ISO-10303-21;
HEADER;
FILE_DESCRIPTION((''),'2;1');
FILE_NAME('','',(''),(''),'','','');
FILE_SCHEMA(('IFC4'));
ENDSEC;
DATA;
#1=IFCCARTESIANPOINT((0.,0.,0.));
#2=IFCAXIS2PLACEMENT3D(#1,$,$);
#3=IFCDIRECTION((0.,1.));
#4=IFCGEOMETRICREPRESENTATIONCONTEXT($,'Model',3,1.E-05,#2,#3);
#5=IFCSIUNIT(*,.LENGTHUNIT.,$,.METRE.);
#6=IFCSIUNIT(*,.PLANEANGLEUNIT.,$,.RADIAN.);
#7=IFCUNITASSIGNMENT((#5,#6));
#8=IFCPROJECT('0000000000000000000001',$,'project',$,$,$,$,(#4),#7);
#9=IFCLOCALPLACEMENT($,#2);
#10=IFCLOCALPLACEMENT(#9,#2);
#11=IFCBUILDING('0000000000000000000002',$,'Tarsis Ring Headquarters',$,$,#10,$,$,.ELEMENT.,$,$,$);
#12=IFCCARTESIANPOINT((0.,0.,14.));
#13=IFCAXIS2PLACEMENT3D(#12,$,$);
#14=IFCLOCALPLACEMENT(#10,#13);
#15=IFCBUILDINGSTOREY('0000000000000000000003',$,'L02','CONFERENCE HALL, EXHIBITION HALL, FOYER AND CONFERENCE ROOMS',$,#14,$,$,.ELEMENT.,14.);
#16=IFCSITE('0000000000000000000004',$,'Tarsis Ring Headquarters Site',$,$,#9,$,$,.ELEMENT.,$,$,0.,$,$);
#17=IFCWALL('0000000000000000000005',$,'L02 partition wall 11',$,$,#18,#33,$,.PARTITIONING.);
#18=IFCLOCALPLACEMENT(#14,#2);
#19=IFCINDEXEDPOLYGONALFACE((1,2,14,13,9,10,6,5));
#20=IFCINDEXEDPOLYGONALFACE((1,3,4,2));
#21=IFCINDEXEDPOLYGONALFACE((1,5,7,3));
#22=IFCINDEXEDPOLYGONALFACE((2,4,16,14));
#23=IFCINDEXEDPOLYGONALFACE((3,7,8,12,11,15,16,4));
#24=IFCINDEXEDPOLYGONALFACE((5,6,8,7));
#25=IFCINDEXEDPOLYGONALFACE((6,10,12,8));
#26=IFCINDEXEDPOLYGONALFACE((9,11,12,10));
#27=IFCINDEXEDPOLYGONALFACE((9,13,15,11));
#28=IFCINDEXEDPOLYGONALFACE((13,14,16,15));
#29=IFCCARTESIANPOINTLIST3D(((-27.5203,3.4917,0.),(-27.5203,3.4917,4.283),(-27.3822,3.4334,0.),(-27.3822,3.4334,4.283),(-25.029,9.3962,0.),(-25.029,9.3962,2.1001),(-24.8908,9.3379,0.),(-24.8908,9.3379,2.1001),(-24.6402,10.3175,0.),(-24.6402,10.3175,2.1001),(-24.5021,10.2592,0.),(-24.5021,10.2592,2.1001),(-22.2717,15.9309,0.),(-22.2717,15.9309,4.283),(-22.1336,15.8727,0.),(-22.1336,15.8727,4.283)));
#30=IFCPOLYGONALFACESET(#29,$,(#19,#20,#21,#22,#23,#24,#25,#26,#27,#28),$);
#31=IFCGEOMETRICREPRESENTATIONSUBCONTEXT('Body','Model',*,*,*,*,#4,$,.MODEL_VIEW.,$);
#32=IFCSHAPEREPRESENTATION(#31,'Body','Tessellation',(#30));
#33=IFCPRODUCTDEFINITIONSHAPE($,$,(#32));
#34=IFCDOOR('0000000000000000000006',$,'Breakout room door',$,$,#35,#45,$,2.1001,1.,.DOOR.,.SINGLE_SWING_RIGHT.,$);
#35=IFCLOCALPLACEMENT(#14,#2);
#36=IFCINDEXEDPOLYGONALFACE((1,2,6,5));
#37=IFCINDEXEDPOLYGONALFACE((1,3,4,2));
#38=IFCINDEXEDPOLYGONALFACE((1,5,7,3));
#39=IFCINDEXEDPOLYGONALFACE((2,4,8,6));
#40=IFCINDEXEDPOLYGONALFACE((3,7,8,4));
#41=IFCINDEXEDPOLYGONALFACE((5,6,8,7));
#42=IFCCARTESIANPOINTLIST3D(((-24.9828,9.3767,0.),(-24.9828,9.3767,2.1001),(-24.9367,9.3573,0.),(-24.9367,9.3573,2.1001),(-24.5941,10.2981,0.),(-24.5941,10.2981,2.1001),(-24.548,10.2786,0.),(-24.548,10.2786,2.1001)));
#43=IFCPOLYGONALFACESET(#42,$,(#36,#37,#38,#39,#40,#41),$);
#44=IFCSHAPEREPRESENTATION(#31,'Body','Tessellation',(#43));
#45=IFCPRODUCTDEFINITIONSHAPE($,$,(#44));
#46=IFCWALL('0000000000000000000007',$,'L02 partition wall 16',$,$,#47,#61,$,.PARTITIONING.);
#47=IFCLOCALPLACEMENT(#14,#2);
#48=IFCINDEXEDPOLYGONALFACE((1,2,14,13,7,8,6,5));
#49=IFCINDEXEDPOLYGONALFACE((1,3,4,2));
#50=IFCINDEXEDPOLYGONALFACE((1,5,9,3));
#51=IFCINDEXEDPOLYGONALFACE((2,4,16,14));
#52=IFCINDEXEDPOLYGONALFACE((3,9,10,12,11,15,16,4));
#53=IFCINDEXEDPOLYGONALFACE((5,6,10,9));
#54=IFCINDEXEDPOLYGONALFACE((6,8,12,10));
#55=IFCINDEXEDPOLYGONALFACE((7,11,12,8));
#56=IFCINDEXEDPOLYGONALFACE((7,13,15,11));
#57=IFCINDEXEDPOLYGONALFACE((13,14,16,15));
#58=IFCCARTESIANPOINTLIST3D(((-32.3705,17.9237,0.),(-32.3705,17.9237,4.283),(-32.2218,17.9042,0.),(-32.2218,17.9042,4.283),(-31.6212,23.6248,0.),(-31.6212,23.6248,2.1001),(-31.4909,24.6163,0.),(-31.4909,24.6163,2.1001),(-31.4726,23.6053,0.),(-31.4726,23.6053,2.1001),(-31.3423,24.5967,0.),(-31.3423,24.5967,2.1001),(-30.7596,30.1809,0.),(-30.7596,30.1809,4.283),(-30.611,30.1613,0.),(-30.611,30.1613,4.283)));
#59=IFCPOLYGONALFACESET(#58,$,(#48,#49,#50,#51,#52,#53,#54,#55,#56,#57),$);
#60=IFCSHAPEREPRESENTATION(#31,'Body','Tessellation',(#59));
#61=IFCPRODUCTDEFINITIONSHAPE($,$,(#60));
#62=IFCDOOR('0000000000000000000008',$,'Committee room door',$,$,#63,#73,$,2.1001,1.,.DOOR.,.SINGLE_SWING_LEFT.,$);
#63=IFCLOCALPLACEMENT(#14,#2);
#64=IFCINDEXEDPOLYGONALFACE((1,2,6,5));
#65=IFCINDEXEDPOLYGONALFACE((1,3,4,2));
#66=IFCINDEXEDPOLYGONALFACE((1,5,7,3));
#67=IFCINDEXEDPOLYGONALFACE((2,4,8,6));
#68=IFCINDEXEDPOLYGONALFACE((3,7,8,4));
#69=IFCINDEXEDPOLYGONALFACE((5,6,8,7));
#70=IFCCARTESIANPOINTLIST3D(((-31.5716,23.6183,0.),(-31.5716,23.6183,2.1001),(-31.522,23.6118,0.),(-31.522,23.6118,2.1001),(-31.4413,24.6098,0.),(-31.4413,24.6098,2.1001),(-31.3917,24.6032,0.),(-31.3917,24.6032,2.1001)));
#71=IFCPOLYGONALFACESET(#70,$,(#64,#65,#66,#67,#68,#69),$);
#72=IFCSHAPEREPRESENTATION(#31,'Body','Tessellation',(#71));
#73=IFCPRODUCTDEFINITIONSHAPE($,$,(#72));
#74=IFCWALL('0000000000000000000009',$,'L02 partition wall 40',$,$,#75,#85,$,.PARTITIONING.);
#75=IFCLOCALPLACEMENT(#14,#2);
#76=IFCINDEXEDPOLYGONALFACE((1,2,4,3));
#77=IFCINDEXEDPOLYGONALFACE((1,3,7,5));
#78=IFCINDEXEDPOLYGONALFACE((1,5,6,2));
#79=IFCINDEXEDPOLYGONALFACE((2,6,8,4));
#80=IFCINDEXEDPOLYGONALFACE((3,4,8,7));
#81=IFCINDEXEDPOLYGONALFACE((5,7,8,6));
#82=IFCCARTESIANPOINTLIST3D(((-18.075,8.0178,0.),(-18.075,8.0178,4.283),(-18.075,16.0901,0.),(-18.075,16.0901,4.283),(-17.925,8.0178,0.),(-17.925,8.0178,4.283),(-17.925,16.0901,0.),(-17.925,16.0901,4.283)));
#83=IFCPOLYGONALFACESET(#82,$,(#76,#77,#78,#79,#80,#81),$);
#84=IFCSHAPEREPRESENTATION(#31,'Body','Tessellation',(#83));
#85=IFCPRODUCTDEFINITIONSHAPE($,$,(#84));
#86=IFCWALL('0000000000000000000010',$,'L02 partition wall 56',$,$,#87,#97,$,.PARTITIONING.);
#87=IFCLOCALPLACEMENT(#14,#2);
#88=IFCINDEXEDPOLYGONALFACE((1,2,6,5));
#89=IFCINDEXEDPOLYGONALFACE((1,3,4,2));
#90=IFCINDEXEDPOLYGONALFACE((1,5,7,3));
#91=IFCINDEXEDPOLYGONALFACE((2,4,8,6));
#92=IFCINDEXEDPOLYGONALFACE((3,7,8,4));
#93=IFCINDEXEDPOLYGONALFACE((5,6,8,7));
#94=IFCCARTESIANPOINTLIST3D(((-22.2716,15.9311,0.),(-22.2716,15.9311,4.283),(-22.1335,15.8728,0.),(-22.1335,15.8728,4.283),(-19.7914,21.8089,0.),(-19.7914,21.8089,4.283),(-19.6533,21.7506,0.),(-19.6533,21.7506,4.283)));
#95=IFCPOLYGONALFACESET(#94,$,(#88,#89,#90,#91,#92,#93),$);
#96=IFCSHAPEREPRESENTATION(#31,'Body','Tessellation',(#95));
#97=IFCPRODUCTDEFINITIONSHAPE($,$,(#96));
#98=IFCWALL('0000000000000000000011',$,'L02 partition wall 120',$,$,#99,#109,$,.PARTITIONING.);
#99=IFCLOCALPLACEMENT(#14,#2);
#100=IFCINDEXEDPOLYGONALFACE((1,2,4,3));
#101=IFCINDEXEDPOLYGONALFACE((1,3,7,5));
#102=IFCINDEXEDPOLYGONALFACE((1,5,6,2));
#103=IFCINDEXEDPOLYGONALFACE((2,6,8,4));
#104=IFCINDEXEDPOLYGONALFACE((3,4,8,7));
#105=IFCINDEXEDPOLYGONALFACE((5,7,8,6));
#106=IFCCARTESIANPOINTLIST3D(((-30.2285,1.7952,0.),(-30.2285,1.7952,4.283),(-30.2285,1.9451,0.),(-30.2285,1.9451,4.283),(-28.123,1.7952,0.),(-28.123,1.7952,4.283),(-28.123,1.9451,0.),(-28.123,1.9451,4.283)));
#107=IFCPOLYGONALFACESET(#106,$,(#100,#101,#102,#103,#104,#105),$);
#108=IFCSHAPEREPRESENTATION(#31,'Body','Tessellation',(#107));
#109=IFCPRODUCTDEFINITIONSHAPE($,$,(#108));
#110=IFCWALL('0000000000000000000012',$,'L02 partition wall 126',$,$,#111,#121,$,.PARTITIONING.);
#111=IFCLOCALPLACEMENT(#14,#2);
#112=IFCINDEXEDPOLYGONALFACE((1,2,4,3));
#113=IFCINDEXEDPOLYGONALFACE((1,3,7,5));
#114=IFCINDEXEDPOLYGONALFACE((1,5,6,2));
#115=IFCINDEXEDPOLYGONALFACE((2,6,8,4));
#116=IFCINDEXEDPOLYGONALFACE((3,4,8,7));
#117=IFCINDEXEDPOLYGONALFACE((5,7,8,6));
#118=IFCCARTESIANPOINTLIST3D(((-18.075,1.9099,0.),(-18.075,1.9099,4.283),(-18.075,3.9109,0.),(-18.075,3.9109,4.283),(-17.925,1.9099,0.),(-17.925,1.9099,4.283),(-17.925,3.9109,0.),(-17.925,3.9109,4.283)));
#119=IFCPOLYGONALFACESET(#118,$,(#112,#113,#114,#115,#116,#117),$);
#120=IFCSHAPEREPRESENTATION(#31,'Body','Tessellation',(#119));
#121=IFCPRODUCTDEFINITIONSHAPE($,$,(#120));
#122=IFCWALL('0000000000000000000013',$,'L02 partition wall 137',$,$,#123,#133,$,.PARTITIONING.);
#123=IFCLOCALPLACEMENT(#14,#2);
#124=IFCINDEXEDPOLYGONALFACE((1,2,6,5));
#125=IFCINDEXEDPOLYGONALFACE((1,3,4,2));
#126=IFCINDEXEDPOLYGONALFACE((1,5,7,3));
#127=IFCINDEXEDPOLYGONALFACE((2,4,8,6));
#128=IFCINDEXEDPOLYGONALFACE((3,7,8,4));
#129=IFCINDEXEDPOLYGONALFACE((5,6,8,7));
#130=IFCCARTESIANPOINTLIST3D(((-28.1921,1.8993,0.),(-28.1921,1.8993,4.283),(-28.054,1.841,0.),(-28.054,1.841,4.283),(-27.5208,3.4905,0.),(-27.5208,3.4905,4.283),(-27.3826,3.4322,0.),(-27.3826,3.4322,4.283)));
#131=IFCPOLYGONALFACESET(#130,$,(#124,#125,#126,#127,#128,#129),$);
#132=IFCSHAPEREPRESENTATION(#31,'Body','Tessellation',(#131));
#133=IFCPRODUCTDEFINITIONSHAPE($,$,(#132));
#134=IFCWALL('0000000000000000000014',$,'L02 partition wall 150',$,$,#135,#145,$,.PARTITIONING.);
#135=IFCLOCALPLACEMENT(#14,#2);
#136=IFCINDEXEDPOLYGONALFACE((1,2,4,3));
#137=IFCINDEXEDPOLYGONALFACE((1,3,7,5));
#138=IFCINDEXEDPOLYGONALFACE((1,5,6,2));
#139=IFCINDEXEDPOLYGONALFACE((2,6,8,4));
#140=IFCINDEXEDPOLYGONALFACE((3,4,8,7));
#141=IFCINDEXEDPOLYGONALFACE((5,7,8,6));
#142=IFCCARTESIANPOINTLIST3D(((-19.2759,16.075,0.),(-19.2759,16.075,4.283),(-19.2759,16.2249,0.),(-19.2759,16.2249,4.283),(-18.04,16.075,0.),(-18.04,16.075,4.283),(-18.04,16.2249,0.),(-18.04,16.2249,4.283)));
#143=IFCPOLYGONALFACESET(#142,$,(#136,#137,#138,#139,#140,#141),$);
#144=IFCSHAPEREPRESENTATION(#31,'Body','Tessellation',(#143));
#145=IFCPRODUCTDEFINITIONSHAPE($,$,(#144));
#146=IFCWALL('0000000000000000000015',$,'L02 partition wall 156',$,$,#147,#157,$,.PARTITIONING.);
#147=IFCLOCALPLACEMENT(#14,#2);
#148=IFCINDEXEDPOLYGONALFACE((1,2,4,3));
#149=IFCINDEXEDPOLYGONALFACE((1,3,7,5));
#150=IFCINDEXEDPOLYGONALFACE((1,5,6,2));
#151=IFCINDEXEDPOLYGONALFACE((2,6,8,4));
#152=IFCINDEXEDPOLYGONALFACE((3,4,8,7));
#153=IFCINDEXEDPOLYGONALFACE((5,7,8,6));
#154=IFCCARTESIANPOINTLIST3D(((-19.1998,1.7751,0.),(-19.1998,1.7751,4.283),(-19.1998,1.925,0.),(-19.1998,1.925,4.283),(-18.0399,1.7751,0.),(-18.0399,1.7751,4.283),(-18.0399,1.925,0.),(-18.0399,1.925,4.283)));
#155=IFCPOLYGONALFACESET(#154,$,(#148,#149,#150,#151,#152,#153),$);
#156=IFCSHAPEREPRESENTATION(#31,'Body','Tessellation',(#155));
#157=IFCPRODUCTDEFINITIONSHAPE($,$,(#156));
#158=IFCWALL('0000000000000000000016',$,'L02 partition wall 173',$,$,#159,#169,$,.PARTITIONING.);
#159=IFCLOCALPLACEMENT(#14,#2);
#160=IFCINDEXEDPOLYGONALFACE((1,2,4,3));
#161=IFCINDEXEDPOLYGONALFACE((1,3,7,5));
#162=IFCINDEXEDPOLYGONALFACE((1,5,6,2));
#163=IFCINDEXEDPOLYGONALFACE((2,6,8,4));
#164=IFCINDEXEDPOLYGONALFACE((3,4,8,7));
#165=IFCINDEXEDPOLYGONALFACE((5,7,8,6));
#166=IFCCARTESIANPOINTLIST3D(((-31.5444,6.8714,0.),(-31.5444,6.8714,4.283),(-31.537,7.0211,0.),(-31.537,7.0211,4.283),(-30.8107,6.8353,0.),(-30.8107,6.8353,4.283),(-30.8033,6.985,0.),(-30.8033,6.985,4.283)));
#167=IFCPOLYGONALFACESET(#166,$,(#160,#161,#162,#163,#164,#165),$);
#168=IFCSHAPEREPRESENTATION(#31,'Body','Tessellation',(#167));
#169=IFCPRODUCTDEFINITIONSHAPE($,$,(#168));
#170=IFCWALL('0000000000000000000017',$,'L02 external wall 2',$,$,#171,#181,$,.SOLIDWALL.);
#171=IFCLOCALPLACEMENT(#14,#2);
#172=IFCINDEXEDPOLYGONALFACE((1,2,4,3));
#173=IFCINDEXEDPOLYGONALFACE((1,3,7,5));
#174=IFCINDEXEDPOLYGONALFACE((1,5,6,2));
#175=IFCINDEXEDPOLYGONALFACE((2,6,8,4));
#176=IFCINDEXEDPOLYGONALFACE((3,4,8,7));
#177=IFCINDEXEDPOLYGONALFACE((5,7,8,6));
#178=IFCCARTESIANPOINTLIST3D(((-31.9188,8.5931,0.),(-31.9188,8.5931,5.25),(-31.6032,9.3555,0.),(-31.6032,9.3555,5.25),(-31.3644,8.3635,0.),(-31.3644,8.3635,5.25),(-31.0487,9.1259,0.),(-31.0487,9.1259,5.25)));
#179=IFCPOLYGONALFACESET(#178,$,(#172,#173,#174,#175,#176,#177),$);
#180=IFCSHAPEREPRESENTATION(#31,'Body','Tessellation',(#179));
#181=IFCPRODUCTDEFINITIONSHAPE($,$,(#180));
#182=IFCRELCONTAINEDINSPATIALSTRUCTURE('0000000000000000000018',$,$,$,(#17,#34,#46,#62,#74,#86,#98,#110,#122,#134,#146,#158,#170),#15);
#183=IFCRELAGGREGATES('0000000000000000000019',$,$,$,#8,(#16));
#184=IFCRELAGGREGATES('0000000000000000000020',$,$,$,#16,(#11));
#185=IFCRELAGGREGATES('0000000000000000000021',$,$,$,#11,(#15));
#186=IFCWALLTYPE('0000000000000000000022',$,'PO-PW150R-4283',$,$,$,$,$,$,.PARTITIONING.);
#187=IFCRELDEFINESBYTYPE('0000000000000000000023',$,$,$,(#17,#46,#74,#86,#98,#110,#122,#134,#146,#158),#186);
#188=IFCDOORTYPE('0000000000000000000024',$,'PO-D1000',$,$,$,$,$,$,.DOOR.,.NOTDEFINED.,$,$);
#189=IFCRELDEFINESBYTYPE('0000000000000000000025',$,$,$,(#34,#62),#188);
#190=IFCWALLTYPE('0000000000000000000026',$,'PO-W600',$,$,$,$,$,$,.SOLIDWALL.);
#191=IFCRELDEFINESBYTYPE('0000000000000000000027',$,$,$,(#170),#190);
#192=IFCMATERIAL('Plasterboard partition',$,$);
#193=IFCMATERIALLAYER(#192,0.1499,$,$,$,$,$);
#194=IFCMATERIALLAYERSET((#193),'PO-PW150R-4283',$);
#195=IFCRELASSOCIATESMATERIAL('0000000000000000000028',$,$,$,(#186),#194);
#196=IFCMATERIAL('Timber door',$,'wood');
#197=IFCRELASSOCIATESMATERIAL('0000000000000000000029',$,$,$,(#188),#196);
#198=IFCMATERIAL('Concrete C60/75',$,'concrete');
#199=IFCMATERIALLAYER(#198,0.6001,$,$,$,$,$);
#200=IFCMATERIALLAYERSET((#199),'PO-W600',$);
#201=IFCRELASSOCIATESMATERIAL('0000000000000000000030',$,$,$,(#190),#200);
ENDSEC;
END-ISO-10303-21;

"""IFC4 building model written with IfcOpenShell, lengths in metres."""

from ifc_helpers import new_model, si_unit, direction, frame, frame_2d, origin, place, context, subcontext, project, spatial, rectangle, extrude, material, layer, layer_set, type_object, element, fill, save


model = new_model("IFC4")

# Units and contexts
model_context = context("Model", 3, precision=1e-05, world=origin(), true_north=direction((0.0, 1.0)))
body_context = subcontext(model_context, "Body", "Model", "MODEL_VIEW")
ifc_project = project(units=[si_unit("LENGTHUNIT", "METRE"), si_unit("PLANEANGLEUNIT", "RADIAN")], contexts=[model_context])

# Site, building, storey
site_placement = place(None, origin())
site = spatial("IfcSite", under=ifc_project, at=site_placement, Name="Tarsis Ring Headquarters Site", CompositionType="ELEMENT", RefElevation=0.0)
building_placement = place(site_placement, origin())
building = spatial("IfcBuilding", under=site, at=building_placement, Name="Tarsis Ring Headquarters", CompositionType="ELEMENT")
storey_placement = place(building_placement, frame((0.0, 0.0, 14.0)))
storey = spatial("IfcBuildingStorey", under=building, at=storey_placement, Name="L02", Description="CONFERENCE HALL, EXHIBITION HALL, FOYER AND CONFERENCE ROOMS", CompositionType="ELEMENT", Elevation=14.0)

# Shared definitions
ifc_material_1 = material(Name="Concrete C60/75", Category="concrete")

# Shared definitions
ifc_material_2 = material(Name="Plasterboard partition")

# Walls, openings, doors
ifc_layer_1 = layer(ifc_material_2, 0.1499)
ifc_layer_set_1 = layer_set([ifc_layer_1], Name="PO-PW150R-4283")
wall_type_1 = type_object("IfcWallType", Name="PO-PW150R-4283", PredefinedType="PARTITIONING", material=ifc_layer_set_1)
ifc_material_3 = material(Name="Timber door", Category="wood")
door_type = type_object("IfcDoorType", Name="PO-D1000", OperationType="NOTDEFINED", PredefinedType="DOOR", material=ifc_material_3)
wall_1_placement = place(storey_placement, frame((-27.4512, 3.4626, 0.0), z_axis=(0.0, 0.0, 1.0), x_axis=(0.388747, 0.921344, 0.0)))
wall_1 = element("IfcWall", 1, at=wall_1_placement, inside=storey, type_object=wall_type_1, Name="L02 partition wall 11", PredefinedType="PARTITIONING", context=body_context, shape_type="SweptSolid", body=[
    extrude(rectangle(XDim=13.5012, YDim=0.1499, at=frame_2d((6.7505, 0.0))), origin(), (0.0, 0.0, 1.0), 4.283),
])
opening_1_placement = place(wall_1_placement, frame((6.4084, 0.0, 0.0)))
opening_1 = element("IfcOpeningElement", 2, at=opening_1_placement, cuts=wall_1, PredefinedType="OPENING", context=body_context, shape_type="SweptSolid", body=[
    extrude(rectangle(XDim=1.0, YDim=2.1001, at=frame_2d((0.5, 1.05))), frame((0.0, 0.085, 0.0), z_axis=(0.0, -1.0, 0.0), x_axis=(1.0, 0.0, 0.0)), (0.0, 0.0, 1.0), 0.1699),
])
door_1_placement = place(opening_1_placement, origin())
door_1 = element("IfcDoor", 3, at=door_1_placement, inside=storey, type_object=door_type, Name="Breakout room door", OperationType="SINGLE_SWING_RIGHT", OverallHeight=2.1001, OverallWidth=1.0, PredefinedType="DOOR", context=body_context, shape_type="SweptSolid", body=[
    extrude(rectangle(XDim=1.0, YDim=2.1001, at=frame_2d((0.5, 1.05))), frame((0.0, 0.0249, 0.0), z_axis=(0.0, -1.0, 0.0), x_axis=(1.0, 0.0, 0.0)), (0.0, 0.0, 1.0), 0.05),
])
fill(opening_1, door_1)
wall_2_placement = place(storey_placement, frame((-32.2961, 17.9141, 0.0), z_axis=(0.0, 0.0, 1.0), x_axis=(0.130301, 0.991475, 0.0)))
wall_2 = element("IfcWall", 4, at=wall_2_placement, inside=storey, type_object=wall_type_1, Name="L02 partition wall 16", PredefinedType="PARTITIONING", context=body_context, shape_type="SweptSolid", body=[
    extrude(rectangle(XDim=12.3625, YDim=0.1499, at=frame_2d((6.1812, 0.0))), origin(), (0.0, 0.0, 1.0), 4.283),
])
opening_2_placement = place(wall_2_placement, frame((5.75, 0.0, 0.0)))
opening_2 = element("IfcOpeningElement", 5, at=opening_2_placement, cuts=wall_2, PredefinedType="OPENING", context=body_context, shape_type="SweptSolid", body=[
    extrude(rectangle(XDim=1.0, YDim=2.1001, at=frame_2d((0.5, 1.05))), frame((0.0, 0.085, 0.0), z_axis=(0.0, -1.0, 0.0), x_axis=(1.0, 0.0, 0.0)), (0.0, 0.0, 1.0), 0.1699),
])
door_2_placement = place(opening_2_placement, origin())
door_2 = element("IfcDoor", 6, at=door_2_placement, inside=storey, type_object=door_type, Name="Committee room door", OperationType="SINGLE_SWING_LEFT", OverallHeight=2.1001, OverallWidth=1.0, PredefinedType="DOOR", context=body_context, shape_type="SweptSolid", body=[
    extrude(rectangle(XDim=1.0, YDim=2.1001, at=frame_2d((0.5, 1.05))), frame((0.0, 0.0249, 0.0), z_axis=(0.0, -1.0, 0.0), x_axis=(1.0, 0.0, 0.0)), (0.0, 0.0, 1.0), 0.05),
])
fill(opening_2, door_2)

# Walls
wall_3_placement = place(storey_placement, frame((-18.0, 8.0178, 0.0), z_axis=(0.0, 0.0, 1.0), x_axis=(0.0, 1.0, 0.0)))
element("IfcWall", 7, at=wall_3_placement, inside=storey, type_object=wall_type_1, Name="L02 partition wall 40", PredefinedType="PARTITIONING", context=body_context, shape_type="SweptSolid", body=[
    extrude(rectangle(XDim=8.0723, YDim=0.1499, at=frame_2d((4.0361, 0.0))), origin(), (0.0, 0.0, 1.0), 4.283),
])
wall_4_placement = place(storey_placement, frame((-22.2026, 15.9019, 0.0), z_axis=(0.0, 0.0, 1.0), x_axis=(0.388777, 0.921332, 0.0)))
element("IfcWall", 8, at=wall_4_placement, inside=storey, type_object=wall_type_1, Name="L02 partition wall 56", PredefinedType="PARTITIONING", context=body_context, shape_type="SweptSolid", body=[
    extrude(rectangle(XDim=6.3796, YDim=0.1499, at=frame_2d((3.1899, 0.0))), origin(), (0.0, 0.0, 1.0), 4.283),
])
wall_5_placement = place(storey_placement, frame((-30.2285, 1.8701, 0.0), z_axis=(0.0, 0.0, 1.0), x_axis=(1.0, 0.0, 0.0)))
element("IfcWall", 9, at=wall_5_placement, inside=storey, type_object=wall_type_1, Name="L02 partition wall 120", PredefinedType="PARTITIONING", context=body_context, shape_type="SweptSolid", body=[
    extrude(rectangle(XDim=2.1055, YDim=0.1499, at=frame_2d((1.0527, 0.0))), origin(), (0.0, 0.0, 1.0), 4.283),
])
wall_6_placement = place(storey_placement, frame((-18.0, 1.9099, 0.0), z_axis=(0.0, 0.0, 1.0), x_axis=(0.0, 1.0, 0.0)))
element("IfcWall", 10, at=wall_6_placement, inside=storey, type_object=wall_type_1, Name="L02 partition wall 126", PredefinedType="PARTITIONING", context=body_context, shape_type="SweptSolid", body=[
    extrude(rectangle(XDim=2.001, YDim=0.1499, at=frame_2d((1.0005, 0.0))), origin(), (0.0, 0.0, 1.0), 4.283),
])
wall_7_placement = place(storey_placement, frame((-28.123, 1.8701, 0.0), z_axis=(0.0, 0.0, 1.0), x_axis=(0.388727, 0.921353, 0.0)))
element("IfcWall", 11, at=wall_7_placement, inside=storey, type_object=wall_type_1, Name="L02 partition wall 137", PredefinedType="PARTITIONING", context=body_context, shape_type="SweptSolid", body=[
    extrude(rectangle(XDim=1.7271, YDim=0.1499, at=frame_2d((0.8635, 0.0))), origin(), (0.0, 0.0, 1.0), 4.283),
])
wall_8_placement = place(storey_placement, frame((-18.04, 16.1499, 0.0), z_axis=(0.0, 0.0, 1.0), x_axis=(-1.0, 0.0, 0.0)))
element("IfcWall", 12, at=wall_8_placement, inside=storey, type_object=wall_type_1, Name="L02 partition wall 150", PredefinedType="PARTITIONING", context=body_context, shape_type="SweptSolid", body=[
    extrude(rectangle(XDim=1.2358, YDim=0.1499, at=frame_2d((0.6179, 0.0))), origin(), (0.0, 0.0, 1.0), 4.283),
])
wall_9_placement = place(storey_placement, frame((-19.2, 1.8501, 0.0), z_axis=(0.0, 0.0, 1.0), x_axis=(1.0, 0.0, 0.0)))
element("IfcWall", 13, at=wall_9_placement, inside=storey, type_object=wall_type_1, Name="L02 partition wall 156", PredefinedType="PARTITIONING", context=body_context, shape_type="SweptSolid", body=[
    extrude(rectangle(XDim=1.1599, YDim=0.1499, at=frame_2d((0.5801, 0.0))), origin(), (0.0, 0.0, 1.0), 4.283),
])
wall_10_placement = place(storey_placement, frame((-30.8071, 6.9102, 0.0), z_axis=(0.0, 0.0, 1.0), x_axis=(-0.998789, 0.049192, 0.0)))
element("IfcWall", 14, at=wall_10_placement, inside=storey, type_object=wall_type_1, Name="L02 partition wall 173", PredefinedType="PARTITIONING", context=body_context, shape_type="SweptSolid", body=[
    extrude(rectangle(XDim=0.7346, YDim=0.1499, at=frame_2d((0.3672, 0.0))), origin(), (0.0, 0.0, 1.0), 4.283),
])
ifc_layer_2 = layer(ifc_material_1, 0.6001)
ifc_layer_set_2 = layer_set([ifc_layer_2], Name="PO-W600")
wall_type_2 = type_object("IfcWallType", Name="PO-W600", PredefinedType="SOLIDWALL", material=ifc_layer_set_2)
wall_11_placement = place(storey_placement, frame((-31.3259, 9.2407, 0.0), z_axis=(0.0, 0.0, 1.0), x_axis=(-0.382535, -0.923941, 0.0)))
element("IfcWall", 15, at=wall_11_placement, inside=storey, type_object=wall_type_2, Name="L02 external wall 2", PredefinedType="SOLIDWALL", context=body_context, shape_type="SweptSolid", body=[
    extrude(rectangle(XDim=0.8252, YDim=0.6001, at=frame_2d((0.4126, 0.0))), origin(), (0.0, 0.0, 1.0), 5.25),
])

save(model, "model.ifc")
